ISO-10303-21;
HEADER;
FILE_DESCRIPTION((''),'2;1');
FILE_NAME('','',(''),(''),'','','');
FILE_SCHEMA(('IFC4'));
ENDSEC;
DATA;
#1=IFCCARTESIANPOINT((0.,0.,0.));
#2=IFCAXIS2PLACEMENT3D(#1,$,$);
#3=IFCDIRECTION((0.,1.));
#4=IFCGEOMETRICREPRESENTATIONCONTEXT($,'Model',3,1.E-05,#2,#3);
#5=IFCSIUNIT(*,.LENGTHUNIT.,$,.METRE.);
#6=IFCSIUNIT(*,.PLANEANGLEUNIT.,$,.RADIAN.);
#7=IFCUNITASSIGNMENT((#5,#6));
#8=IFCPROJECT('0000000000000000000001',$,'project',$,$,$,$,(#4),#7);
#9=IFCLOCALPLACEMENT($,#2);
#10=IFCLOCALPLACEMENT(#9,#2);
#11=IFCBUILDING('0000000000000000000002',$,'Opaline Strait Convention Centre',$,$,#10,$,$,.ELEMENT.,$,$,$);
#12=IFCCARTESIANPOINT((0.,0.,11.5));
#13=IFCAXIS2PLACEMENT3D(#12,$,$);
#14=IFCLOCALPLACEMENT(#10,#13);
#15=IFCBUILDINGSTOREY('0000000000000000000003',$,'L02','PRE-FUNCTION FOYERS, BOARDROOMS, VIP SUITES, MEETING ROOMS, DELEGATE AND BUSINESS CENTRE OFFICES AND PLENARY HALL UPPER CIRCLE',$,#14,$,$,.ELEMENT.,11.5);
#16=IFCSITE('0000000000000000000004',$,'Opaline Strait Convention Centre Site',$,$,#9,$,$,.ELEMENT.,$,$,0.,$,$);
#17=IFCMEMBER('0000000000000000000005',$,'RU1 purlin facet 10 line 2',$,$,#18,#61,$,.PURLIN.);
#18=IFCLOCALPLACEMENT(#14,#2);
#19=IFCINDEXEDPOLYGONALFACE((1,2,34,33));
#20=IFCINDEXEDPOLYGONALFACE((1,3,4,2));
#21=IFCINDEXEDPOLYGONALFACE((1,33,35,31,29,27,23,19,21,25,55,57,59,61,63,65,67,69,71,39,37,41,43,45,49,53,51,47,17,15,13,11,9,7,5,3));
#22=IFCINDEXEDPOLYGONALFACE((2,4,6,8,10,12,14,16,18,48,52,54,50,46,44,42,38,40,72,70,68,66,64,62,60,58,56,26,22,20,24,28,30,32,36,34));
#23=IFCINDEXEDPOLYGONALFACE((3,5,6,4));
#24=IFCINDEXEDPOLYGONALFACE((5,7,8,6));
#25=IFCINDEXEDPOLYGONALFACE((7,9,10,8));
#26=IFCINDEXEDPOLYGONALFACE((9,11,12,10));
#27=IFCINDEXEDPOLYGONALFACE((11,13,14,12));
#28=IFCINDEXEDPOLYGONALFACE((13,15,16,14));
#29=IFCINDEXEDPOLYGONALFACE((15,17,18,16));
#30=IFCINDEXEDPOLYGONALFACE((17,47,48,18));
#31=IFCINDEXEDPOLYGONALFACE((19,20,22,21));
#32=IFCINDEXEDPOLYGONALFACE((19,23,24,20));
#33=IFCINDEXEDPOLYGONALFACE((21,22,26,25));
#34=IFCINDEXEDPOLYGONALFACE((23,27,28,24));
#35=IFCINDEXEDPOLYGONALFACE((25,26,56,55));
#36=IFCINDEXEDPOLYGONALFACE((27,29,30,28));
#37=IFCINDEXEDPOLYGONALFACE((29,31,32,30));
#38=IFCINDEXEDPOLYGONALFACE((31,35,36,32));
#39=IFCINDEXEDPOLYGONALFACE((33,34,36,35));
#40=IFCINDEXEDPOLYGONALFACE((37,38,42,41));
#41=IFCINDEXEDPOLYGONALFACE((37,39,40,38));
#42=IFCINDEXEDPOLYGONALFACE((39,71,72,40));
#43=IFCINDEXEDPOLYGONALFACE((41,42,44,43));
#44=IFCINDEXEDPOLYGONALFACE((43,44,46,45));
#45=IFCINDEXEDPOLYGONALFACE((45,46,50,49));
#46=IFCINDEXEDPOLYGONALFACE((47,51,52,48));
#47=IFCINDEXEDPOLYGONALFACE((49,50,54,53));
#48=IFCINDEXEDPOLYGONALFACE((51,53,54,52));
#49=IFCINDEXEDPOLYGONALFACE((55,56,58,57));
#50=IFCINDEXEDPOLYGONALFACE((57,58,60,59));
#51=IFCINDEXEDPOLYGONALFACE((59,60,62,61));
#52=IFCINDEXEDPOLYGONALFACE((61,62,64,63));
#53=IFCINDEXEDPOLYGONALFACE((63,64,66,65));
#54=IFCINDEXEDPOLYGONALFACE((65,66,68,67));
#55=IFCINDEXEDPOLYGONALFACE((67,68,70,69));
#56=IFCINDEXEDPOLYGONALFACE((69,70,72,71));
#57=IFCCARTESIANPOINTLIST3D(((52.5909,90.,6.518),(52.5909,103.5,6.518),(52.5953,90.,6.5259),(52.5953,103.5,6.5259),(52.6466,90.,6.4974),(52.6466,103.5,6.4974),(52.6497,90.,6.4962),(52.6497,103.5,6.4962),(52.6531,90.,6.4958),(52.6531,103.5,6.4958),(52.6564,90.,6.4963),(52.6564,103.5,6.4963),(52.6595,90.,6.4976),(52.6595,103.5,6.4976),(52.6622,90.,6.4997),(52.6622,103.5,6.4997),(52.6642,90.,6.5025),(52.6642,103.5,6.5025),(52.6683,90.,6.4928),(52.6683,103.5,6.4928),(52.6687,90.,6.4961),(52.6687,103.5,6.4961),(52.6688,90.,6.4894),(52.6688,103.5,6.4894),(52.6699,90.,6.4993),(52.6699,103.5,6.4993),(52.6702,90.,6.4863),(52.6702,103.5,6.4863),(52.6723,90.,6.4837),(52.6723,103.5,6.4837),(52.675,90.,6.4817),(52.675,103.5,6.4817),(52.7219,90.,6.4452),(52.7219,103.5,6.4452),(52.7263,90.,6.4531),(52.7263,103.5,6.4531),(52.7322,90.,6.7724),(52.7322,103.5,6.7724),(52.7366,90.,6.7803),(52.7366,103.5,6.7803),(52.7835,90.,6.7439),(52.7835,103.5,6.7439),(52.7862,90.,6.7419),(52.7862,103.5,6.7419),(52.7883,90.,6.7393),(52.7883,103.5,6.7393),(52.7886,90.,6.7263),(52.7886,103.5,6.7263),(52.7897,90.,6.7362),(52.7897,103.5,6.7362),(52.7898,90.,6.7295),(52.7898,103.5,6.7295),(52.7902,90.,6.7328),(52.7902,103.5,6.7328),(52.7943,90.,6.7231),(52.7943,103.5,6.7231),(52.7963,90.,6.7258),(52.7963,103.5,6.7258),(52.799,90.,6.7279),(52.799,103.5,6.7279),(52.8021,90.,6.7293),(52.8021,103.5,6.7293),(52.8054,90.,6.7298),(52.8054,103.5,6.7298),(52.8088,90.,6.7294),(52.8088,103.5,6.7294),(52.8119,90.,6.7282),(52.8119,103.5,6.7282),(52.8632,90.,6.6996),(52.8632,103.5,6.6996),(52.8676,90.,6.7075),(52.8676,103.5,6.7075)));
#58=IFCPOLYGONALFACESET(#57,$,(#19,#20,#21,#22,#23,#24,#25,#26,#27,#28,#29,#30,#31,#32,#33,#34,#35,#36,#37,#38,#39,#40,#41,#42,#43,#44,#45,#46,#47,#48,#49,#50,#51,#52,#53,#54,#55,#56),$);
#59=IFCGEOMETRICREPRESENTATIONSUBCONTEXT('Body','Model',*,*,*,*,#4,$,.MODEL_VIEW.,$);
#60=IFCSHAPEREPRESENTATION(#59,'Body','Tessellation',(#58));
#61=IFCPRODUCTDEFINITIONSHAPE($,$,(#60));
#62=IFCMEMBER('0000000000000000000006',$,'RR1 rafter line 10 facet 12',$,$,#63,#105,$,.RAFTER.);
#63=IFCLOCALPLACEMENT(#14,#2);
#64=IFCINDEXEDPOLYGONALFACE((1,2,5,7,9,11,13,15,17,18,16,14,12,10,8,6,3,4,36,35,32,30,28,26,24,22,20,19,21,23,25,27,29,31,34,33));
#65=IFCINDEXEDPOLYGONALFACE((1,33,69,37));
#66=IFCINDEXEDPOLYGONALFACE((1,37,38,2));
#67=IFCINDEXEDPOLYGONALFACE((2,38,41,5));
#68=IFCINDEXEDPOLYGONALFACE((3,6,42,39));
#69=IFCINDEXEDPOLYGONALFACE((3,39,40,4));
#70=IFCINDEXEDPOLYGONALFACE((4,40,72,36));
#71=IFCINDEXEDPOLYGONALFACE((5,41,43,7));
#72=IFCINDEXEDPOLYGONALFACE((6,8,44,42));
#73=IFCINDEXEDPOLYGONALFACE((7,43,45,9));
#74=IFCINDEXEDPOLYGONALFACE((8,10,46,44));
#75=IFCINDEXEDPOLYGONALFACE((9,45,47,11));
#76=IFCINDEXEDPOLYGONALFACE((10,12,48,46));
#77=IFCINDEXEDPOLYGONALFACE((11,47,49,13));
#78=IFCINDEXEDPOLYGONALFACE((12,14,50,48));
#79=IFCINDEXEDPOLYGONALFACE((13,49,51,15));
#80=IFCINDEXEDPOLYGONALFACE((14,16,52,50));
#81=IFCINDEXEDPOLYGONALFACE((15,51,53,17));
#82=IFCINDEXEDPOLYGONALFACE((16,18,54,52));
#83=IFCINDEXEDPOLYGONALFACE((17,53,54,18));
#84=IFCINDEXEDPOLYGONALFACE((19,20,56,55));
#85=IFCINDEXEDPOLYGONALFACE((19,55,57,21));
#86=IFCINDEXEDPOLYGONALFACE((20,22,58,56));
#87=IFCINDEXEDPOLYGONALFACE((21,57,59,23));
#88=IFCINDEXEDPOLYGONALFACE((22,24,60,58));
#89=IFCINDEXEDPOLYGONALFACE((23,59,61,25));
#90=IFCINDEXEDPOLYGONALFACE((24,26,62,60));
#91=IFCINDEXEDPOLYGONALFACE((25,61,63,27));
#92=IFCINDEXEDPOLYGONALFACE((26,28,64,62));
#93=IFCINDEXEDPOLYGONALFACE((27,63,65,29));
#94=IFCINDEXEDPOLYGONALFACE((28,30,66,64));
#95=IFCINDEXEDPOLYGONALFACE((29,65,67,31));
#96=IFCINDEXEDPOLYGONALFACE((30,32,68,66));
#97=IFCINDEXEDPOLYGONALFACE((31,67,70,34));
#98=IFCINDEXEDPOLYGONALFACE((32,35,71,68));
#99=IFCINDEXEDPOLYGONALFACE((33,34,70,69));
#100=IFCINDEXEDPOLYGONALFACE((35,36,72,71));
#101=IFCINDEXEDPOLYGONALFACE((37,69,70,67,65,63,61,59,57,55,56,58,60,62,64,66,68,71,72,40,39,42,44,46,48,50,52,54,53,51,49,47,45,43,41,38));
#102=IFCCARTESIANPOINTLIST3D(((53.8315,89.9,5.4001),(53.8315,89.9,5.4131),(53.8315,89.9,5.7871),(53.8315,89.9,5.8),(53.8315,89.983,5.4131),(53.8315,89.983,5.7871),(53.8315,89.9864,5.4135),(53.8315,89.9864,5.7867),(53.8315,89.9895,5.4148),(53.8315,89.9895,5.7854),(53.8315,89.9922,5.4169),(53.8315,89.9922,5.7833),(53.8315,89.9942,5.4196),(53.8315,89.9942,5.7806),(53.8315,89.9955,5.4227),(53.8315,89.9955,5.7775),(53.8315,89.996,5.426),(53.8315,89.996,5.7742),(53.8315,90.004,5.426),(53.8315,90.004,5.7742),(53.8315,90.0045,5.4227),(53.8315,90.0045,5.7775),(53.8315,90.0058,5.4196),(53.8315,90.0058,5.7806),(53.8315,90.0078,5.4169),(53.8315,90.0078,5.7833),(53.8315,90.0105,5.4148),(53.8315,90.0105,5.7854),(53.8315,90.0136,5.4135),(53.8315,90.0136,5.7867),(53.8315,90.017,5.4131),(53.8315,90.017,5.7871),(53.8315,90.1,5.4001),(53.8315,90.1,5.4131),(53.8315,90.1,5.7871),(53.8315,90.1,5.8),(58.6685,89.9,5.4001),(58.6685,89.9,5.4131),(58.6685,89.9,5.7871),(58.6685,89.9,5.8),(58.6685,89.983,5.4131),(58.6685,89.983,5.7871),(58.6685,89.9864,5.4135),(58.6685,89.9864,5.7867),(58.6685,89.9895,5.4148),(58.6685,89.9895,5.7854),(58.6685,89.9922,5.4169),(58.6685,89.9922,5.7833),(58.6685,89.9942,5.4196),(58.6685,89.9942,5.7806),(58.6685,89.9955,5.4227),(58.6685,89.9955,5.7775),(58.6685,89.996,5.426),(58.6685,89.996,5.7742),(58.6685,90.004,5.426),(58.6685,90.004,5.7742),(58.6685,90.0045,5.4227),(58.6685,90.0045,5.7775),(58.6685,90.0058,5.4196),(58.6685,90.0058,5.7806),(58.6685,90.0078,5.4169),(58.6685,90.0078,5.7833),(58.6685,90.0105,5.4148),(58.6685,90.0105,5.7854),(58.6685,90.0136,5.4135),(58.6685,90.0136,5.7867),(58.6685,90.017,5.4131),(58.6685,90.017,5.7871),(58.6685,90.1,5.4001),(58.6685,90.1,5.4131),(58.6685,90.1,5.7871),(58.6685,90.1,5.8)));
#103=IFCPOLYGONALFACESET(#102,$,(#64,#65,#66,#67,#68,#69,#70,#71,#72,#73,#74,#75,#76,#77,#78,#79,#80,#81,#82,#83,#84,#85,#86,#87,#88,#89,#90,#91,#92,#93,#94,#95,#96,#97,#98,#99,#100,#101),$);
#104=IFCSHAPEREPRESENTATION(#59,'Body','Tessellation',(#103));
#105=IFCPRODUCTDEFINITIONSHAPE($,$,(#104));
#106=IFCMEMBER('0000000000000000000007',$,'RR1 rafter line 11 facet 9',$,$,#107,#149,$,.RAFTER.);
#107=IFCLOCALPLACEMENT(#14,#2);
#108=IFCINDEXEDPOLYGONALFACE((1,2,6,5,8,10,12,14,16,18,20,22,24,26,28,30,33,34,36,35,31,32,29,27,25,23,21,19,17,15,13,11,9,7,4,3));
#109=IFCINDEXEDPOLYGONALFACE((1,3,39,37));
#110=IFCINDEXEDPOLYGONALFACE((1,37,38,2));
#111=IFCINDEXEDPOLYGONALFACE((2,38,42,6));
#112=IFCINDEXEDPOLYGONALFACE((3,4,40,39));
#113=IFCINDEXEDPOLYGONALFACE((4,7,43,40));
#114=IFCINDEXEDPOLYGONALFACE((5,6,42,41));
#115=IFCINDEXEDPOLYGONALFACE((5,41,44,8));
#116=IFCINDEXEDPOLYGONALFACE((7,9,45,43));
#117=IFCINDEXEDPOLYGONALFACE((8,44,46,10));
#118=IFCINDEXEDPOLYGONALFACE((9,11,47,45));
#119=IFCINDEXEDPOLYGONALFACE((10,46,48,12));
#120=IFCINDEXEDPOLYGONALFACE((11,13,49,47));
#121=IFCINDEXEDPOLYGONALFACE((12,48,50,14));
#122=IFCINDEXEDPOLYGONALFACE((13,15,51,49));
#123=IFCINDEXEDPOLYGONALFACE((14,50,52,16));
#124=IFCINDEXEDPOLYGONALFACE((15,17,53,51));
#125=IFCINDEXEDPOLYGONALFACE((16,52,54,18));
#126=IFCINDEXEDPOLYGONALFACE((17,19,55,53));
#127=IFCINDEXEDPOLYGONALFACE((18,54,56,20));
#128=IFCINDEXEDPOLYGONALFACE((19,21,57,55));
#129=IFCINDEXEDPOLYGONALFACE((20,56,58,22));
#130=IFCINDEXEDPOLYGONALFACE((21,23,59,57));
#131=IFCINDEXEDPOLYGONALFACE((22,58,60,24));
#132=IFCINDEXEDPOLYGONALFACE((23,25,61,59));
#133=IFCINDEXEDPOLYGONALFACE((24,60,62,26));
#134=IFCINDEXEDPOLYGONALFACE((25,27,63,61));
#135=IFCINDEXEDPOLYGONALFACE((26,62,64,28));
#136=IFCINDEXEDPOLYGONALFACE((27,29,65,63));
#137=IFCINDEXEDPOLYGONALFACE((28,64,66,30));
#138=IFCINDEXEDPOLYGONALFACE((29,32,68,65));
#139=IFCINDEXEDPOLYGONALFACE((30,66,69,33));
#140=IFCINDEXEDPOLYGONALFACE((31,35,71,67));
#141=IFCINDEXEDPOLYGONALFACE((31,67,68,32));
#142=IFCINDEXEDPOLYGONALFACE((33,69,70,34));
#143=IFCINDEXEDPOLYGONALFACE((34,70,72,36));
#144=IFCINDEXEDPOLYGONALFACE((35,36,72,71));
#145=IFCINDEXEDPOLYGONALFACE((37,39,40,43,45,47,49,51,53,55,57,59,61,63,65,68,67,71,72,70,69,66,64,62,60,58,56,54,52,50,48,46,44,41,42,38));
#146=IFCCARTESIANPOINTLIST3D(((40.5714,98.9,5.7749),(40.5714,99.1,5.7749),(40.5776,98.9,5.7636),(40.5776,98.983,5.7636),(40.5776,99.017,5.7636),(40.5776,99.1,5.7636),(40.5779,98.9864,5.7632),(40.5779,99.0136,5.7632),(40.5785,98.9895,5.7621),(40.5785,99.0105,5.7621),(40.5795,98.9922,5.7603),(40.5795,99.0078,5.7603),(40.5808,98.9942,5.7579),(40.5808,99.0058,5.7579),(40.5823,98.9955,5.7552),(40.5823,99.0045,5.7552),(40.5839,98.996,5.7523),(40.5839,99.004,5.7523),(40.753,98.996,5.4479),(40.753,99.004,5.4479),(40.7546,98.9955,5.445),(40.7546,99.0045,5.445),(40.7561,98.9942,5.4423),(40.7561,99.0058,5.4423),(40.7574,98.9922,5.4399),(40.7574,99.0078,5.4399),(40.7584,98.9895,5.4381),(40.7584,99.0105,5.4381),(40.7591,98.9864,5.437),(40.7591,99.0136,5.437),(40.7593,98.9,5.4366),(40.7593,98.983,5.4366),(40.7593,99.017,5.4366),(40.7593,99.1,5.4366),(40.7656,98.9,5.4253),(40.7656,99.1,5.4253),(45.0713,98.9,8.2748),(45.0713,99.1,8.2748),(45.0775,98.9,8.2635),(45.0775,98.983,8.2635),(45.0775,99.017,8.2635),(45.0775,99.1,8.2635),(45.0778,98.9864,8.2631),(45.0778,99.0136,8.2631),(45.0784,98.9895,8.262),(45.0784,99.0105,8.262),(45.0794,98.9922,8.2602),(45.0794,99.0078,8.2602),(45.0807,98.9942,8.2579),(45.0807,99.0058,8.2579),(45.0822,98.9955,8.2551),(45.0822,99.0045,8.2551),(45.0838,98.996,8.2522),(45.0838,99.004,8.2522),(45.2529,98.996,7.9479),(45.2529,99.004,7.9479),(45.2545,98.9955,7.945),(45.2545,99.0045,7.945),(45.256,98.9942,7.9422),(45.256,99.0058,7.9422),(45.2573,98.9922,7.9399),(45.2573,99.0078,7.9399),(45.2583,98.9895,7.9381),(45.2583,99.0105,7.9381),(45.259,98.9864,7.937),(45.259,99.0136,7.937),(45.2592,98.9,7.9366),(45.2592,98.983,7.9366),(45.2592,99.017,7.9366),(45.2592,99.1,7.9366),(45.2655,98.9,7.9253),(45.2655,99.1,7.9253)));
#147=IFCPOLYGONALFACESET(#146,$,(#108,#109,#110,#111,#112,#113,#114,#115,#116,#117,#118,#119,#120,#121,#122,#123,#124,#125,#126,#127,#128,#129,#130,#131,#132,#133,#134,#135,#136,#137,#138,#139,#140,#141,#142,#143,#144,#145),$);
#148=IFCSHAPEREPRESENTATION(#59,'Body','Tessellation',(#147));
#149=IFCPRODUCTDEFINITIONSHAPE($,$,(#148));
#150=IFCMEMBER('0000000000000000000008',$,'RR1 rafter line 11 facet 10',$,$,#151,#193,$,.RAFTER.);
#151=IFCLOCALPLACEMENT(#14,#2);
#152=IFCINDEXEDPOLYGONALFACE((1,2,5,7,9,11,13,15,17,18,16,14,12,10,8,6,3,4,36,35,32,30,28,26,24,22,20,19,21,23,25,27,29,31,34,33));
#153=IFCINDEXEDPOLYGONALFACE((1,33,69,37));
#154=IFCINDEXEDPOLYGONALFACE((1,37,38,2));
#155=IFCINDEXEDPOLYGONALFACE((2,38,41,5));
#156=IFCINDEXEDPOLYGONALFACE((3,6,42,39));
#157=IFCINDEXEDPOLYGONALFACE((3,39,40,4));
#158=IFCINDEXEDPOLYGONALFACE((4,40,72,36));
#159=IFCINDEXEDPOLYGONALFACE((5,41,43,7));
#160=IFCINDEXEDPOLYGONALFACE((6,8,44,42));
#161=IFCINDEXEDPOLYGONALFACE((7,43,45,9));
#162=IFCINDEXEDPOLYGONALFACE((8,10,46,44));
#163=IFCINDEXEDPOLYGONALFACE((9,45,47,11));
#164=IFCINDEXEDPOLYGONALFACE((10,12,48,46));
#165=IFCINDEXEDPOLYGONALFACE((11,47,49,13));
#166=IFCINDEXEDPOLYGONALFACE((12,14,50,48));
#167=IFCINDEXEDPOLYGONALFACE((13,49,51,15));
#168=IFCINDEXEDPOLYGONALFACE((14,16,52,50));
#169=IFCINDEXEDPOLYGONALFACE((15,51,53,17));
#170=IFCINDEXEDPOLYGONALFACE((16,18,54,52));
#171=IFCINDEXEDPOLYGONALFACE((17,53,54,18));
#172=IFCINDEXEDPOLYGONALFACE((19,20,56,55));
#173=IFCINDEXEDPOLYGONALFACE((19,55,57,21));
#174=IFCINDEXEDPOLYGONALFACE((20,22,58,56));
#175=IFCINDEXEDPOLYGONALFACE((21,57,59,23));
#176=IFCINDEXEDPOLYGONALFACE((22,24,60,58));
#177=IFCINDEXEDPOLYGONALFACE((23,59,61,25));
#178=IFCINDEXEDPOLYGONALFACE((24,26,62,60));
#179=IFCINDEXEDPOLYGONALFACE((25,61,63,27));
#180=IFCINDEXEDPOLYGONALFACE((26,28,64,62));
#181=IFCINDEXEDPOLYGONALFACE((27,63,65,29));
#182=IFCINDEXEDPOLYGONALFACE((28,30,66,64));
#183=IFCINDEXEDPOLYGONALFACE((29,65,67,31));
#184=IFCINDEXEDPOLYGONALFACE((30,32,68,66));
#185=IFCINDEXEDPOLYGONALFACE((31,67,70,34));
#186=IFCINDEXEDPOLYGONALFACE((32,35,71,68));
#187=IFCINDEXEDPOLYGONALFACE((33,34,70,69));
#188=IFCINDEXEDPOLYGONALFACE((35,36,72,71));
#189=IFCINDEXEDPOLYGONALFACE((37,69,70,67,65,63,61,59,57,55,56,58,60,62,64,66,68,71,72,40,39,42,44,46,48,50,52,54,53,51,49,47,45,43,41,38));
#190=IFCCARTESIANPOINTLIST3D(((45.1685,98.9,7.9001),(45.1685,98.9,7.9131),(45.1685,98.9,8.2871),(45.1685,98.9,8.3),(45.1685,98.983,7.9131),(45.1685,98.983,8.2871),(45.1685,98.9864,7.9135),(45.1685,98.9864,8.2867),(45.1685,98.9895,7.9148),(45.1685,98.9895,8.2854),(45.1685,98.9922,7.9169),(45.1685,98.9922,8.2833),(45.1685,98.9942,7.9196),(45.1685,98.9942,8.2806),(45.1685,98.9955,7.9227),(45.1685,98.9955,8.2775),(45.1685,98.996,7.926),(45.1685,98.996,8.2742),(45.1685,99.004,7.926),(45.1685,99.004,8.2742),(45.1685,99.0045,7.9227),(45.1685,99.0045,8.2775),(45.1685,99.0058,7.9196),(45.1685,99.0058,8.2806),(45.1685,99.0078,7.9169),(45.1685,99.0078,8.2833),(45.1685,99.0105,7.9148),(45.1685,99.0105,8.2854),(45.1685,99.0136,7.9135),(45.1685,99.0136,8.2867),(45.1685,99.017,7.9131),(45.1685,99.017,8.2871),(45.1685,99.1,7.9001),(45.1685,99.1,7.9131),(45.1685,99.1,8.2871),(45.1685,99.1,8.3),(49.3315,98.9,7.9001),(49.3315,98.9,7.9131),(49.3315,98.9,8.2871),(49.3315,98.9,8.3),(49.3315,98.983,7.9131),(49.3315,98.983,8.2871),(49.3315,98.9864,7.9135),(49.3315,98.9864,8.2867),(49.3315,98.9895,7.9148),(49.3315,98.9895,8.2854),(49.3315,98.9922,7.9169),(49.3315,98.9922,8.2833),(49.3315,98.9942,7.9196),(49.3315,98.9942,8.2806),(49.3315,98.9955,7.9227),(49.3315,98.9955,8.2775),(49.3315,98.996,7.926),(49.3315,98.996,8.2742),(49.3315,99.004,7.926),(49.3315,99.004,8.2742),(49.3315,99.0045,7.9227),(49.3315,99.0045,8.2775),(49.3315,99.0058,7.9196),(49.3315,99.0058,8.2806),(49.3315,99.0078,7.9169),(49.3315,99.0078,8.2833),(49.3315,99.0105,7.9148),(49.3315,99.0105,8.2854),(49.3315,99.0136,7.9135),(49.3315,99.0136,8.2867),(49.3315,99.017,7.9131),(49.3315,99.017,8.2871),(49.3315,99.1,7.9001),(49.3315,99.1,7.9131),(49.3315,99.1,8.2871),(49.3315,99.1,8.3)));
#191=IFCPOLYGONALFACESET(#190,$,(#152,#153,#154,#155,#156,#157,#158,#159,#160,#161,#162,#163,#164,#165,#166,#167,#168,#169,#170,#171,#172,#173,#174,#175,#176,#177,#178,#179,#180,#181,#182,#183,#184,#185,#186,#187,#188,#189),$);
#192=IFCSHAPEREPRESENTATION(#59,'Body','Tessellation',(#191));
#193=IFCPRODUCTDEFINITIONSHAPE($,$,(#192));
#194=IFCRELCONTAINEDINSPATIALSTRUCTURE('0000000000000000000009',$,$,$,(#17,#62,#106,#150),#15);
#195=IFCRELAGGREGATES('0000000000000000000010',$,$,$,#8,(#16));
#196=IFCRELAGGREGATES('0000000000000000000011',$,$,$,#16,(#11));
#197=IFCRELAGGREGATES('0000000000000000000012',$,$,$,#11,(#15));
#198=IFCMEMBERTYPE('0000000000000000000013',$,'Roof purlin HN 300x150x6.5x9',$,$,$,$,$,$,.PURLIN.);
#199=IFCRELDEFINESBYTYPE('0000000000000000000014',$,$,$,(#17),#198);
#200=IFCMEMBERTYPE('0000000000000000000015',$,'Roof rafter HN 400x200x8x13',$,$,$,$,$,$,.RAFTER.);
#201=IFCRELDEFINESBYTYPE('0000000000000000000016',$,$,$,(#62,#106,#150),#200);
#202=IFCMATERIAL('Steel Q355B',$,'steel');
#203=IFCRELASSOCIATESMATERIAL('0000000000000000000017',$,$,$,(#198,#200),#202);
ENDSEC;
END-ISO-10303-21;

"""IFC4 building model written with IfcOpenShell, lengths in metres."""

from ifc_helpers import new_model, si_unit, direction, frame, origin, origin_2d, place, context, subcontext, project, spatial, i_section, extrude, material, material_profile, profile_set, type_object, element, save


model = new_model("IFC4")

# Units and contexts
model_context = context("Model", 3, precision=1e-05, world=origin(), true_north=direction((0.0, 1.0)))
body_context = subcontext(model_context, "Body", "Model", "MODEL_VIEW")
ifc_project = project(units=[si_unit("LENGTHUNIT", "METRE"), si_unit("PLANEANGLEUNIT", "RADIAN")], contexts=[model_context])

# Site, building, storey
site_placement = place(None, origin())
site = spatial("IfcSite", under=ifc_project, at=site_placement, Name="Opaline Strait Convention Centre Site", CompositionType="ELEMENT", RefElevation=0.0)
building_placement = place(site_placement, origin())
building = spatial("IfcBuilding", under=site, at=building_placement, Name="Opaline Strait Convention Centre", CompositionType="ELEMENT")
storey_placement = place(building_placement, frame((0.0, 0.0, 11.5)))
storey = spatial("IfcBuildingStorey", under=building, at=storey_placement, Name="L02", Description="PRE-FUNCTION FOYERS, BOARDROOMS, VIP SUITES, MEETING ROOMS, DELEGATE AND BUSINESS CENTRE OFFICES AND PLENARY HALL UPPER CIRCLE", CompositionType="ELEMENT", Elevation=11.5)

# Members
ifc_material_1 = material(Name="Steel Q355B", Category="steel")
ifc_material_profile_1 = material_profile(ifc_material_1, i_section(OverallWidth=0.1499, OverallDepth=0.3, WebThickness=0.0066, FlangeThickness=0.009, FilletRadius=0.0129, at=origin_2d()), Name="HN 300x150x6.5x9")
ifc_profile_set_1 = profile_set([ifc_material_profile_1], Name="Steel Q355B")
member_type_1 = type_object("IfcMemberType", Name="Roof purlin HN 300x150x6.5x9", PredefinedType="PURLIN", material=ifc_profile_set_1)
member_1_placement = place(storey_placement, frame((52.7292, 90.0, 6.6128), z_axis=(0.0, 1.0, 0.0), x_axis=(-0.874157, 0.0, 0.485643)))
element("IfcMember", 1, at=member_1_placement, inside=storey, type_object=member_type_1, Name="RU1 purlin facet 10 line 2", PredefinedType="PURLIN", context=body_context, shape_type="SweptSolid", body=[
    extrude(i_section(OverallWidth=0.1499, OverallDepth=0.3, WebThickness=0.0066, FlangeThickness=0.009, FilletRadius=0.0129, at=origin_2d()), origin(), (0.0, 0.0, 1.0), 13.5),
])
ifc_material_profile_2 = material_profile(ifc_material_1, i_section(OverallWidth=0.2, OverallDepth=0.3999, WebThickness=0.0081, FlangeThickness=0.0129, FilletRadius=0.0129, at=origin_2d()), Name="HN 400x200x8x13")
ifc_profile_set_2 = profile_set([ifc_material_profile_2], Name="Steel Q355B")
member_type_2 = type_object("IfcMemberType", Name="Roof rafter HN 400x200x8x13", PredefinedType="RAFTER", material=ifc_profile_set_2)
member_2_placement = place(storey_placement, frame((53.8315, 90.0, 5.6001), z_axis=(1.0, 0.0, 0.0), x_axis=(0.0, 1.0, 0.0)))
element("IfcMember", 2, at=member_2_placement, inside=storey, type_object=member_type_2, Name="RR1 rafter line 10 facet 12", PredefinedType="RAFTER", context=body_context, shape_type="SweptSolid", body=[
    extrude(i_section(OverallWidth=0.2, OverallDepth=0.3999, WebThickness=0.0081, FlangeThickness=0.0129, FilletRadius=0.0129, at=origin_2d()), origin(), (0.0, 0.0, 1.0), 4.8369),
])
member_3_placement = place(storey_placement, frame((40.6685, 99.0, 5.6001), z_axis=(0.874157, 0.0, 0.485643), x_axis=(0.0, 1.0, 0.0)))
element("IfcMember", 3, at=member_3_placement, inside=storey, type_object=member_type_2, Name="RR1 rafter line 11 facet 9", PredefinedType="RAFTER", context=body_context, shape_type="SweptSolid", body=[
    extrude(i_section(OverallWidth=0.2, OverallDepth=0.3999, WebThickness=0.0081, FlangeThickness=0.0129, FilletRadius=0.0129, at=origin_2d()), origin(), (0.0, 0.0, 1.0), 5.1477),
])
member_4_placement = place(storey_placement, frame((45.1685, 99.0, 8.1001), z_axis=(1.0, 0.0, 0.0), x_axis=(0.0, 1.0, 0.0)))
element("IfcMember", 4, at=member_4_placement, inside=storey, type_object=member_type_2, Name="RR1 rafter line 11 facet 10", PredefinedType="RAFTER", context=body_context, shape_type="SweptSolid", body=[
    extrude(i_section(OverallWidth=0.2, OverallDepth=0.3999, WebThickness=0.0081, FlangeThickness=0.0129, FilletRadius=0.0129, at=origin_2d()), origin(), (0.0, 0.0, 1.0), 4.1631),
])

save(model, "model.ifc")
